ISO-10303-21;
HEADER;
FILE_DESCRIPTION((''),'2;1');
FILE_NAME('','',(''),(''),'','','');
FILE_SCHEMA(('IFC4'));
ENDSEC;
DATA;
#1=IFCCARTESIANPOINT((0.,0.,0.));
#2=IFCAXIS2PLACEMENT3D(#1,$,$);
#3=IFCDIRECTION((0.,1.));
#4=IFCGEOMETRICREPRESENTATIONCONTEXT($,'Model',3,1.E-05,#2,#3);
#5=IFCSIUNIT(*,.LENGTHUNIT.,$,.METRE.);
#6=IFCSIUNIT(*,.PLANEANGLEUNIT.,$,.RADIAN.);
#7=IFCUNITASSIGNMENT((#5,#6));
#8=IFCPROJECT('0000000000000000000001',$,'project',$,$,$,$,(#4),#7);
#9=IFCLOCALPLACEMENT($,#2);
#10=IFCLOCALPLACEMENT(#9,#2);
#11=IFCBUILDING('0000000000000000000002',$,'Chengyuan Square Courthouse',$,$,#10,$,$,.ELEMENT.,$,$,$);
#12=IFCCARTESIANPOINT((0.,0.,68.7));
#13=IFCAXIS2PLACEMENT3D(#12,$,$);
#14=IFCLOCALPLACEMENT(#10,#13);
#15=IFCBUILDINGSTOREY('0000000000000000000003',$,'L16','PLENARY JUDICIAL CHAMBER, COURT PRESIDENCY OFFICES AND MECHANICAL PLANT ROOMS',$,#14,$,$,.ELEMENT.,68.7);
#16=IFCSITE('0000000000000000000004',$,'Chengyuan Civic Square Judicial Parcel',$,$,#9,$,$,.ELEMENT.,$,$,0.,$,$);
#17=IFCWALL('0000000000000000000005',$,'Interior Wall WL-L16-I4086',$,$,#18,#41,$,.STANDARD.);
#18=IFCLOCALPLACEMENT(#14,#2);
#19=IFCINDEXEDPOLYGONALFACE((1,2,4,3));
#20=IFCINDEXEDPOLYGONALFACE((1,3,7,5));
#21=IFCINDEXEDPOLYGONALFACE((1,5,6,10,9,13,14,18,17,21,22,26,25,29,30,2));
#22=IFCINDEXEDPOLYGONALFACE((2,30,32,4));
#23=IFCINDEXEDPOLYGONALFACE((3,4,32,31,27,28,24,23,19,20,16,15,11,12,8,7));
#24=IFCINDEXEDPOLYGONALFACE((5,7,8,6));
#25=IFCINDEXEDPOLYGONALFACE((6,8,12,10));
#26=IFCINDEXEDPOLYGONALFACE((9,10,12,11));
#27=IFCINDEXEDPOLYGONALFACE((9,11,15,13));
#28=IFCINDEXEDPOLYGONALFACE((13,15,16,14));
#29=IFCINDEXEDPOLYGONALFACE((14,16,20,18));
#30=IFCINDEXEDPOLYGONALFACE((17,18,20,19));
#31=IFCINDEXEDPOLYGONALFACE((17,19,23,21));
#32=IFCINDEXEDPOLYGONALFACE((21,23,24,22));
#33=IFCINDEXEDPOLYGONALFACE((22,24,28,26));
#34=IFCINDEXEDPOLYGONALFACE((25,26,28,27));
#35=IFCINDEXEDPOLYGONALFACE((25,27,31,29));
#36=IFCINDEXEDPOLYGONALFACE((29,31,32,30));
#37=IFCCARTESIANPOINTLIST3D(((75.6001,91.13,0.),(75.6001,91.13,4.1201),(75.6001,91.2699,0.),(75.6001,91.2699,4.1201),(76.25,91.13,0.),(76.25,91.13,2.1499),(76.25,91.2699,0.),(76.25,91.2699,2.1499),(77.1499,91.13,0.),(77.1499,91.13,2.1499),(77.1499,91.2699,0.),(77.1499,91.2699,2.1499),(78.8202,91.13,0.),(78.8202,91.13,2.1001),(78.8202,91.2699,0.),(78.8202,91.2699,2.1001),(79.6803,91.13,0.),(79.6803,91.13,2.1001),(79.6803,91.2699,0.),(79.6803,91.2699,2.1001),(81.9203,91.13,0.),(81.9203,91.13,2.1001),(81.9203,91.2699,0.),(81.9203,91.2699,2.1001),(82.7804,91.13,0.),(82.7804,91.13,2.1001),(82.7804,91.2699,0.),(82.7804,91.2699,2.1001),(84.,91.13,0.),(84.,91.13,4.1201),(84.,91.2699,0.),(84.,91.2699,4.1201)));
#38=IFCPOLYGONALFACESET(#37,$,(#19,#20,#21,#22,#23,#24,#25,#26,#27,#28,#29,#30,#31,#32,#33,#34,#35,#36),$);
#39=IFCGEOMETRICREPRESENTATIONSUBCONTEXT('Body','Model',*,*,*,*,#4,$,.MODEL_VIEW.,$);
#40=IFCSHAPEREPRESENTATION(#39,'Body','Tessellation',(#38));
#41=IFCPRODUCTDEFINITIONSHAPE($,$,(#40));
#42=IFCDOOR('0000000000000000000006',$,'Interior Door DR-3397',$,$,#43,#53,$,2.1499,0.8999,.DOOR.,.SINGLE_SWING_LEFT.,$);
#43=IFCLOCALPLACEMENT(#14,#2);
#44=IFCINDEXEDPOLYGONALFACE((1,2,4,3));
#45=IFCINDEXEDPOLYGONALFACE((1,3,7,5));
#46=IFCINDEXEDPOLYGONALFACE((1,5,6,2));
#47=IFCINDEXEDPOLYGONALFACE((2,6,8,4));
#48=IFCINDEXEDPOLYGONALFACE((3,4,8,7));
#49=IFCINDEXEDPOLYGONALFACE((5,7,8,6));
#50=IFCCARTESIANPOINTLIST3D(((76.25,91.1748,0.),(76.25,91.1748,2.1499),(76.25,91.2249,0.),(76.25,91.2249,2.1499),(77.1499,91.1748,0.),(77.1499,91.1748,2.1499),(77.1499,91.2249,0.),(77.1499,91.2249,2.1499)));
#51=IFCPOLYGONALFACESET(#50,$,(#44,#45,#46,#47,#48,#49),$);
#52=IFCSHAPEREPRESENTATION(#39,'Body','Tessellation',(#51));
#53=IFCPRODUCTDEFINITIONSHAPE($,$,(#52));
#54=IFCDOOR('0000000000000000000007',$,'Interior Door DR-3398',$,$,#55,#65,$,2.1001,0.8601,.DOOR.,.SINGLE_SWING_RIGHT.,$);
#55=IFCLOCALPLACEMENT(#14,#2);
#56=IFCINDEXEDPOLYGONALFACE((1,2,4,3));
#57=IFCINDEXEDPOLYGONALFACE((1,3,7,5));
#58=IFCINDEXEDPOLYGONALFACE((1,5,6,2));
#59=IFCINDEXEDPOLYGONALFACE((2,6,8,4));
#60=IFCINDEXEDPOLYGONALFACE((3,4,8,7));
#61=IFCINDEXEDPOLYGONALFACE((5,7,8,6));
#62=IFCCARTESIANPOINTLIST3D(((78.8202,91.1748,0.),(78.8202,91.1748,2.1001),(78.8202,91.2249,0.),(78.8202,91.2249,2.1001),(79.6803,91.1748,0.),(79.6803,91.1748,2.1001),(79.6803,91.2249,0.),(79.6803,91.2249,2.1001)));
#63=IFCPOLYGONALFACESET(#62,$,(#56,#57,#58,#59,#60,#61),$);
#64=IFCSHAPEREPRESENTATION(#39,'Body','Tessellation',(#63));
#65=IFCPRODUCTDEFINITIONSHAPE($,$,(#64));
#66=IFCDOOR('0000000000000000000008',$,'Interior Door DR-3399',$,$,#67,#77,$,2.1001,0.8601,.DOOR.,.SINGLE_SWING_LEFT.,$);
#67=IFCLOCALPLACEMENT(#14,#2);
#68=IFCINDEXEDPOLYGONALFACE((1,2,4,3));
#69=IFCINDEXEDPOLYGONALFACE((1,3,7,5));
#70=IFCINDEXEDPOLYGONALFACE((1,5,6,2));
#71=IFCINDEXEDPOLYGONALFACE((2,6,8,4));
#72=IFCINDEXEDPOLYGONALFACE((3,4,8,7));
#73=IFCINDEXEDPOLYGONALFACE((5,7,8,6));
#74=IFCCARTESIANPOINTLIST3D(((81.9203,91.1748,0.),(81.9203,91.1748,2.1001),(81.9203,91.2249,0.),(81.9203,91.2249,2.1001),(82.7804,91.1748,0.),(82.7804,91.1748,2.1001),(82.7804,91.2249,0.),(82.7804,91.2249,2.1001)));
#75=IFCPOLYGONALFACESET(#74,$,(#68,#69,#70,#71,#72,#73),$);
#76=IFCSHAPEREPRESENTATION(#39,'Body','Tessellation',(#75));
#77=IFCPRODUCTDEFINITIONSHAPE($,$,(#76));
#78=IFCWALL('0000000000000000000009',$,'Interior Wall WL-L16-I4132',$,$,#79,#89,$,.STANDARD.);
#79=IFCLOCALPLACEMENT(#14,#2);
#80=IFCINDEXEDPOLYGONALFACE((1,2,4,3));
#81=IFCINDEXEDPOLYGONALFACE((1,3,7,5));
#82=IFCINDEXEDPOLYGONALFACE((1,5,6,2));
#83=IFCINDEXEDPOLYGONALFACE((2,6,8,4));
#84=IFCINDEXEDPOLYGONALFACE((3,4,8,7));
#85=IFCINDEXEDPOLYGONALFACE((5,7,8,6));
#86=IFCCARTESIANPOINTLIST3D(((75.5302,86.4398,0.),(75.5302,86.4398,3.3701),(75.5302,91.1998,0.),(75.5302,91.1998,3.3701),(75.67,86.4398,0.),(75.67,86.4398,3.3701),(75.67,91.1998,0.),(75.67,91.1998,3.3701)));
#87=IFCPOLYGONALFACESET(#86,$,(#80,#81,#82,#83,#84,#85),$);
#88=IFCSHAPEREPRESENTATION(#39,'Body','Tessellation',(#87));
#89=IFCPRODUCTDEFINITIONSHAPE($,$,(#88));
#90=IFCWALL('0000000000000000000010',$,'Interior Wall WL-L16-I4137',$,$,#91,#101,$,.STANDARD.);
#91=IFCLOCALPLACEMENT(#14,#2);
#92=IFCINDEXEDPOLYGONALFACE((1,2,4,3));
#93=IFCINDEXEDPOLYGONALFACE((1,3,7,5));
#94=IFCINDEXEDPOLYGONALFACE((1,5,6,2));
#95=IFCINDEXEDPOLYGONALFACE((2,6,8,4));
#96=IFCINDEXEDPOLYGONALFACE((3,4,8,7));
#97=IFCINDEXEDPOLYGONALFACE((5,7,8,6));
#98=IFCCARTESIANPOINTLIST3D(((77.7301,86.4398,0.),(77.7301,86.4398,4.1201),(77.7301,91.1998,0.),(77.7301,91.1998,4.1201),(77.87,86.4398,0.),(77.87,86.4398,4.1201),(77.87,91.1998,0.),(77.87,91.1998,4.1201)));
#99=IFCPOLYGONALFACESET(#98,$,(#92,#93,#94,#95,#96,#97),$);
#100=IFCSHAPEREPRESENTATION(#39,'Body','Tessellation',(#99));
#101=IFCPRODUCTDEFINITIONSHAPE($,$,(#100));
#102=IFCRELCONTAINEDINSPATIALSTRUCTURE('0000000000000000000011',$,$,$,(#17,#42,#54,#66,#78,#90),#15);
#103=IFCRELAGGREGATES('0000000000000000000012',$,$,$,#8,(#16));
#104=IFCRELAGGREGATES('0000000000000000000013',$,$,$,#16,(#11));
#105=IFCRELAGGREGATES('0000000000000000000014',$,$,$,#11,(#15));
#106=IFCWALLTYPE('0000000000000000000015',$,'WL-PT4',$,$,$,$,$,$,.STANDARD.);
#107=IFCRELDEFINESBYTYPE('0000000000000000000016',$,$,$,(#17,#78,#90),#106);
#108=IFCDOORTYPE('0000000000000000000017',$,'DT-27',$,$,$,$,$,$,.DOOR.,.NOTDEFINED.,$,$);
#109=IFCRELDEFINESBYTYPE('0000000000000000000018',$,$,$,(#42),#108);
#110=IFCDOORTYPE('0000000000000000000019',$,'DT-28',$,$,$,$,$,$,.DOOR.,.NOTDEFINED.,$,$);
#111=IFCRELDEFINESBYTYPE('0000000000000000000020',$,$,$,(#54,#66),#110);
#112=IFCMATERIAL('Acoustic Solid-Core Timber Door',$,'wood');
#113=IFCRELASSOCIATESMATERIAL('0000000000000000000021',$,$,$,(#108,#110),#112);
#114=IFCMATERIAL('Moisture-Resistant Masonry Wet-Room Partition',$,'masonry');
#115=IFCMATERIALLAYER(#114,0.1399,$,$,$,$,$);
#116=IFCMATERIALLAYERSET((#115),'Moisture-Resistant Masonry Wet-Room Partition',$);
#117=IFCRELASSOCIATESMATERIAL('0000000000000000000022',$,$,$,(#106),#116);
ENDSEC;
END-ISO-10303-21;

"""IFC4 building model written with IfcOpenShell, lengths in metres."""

from ifc_helpers import new_model, si_unit, direction, frame, frame_2d, origin, place, context, subcontext, project, spatial, rectangle, extrude, material, layer, layer_set, type_object, element, fill, save


model = new_model("IFC4")

# Units and contexts
model_context = context("Model", 3, precision=1e-05, world=origin(), true_north=direction((0.0, 1.0)))
body_context = subcontext(model_context, "Body", "Model", "MODEL_VIEW")
ifc_project = project(units=[si_unit("LENGTHUNIT", "METRE"), si_unit("PLANEANGLEUNIT", "RADIAN")], contexts=[model_context])

# Site, building, storey
site_placement = place(None, origin())
site = spatial("IfcSite", under=ifc_project, at=site_placement, Name="Chengyuan Civic Square Judicial Parcel", CompositionType="ELEMENT", RefElevation=0.0)
building_placement = place(site_placement, origin())
building = spatial("IfcBuilding", under=site, at=building_placement, Name="Chengyuan Square Courthouse", CompositionType="ELEMENT")
storey_placement = place(building_placement, frame((0.0, 0.0, 68.7)))
storey = spatial("IfcBuildingStorey", under=building, at=storey_placement, Name="L16", Description="PLENARY JUDICIAL CHAMBER, COURT PRESIDENCY OFFICES AND MECHANICAL PLANT ROOMS", CompositionType="ELEMENT", Elevation=68.7)

# Shared definitions
ifc_material_1 = material(Name="Acoustic Solid-Core Timber Door", Category="wood")
door_type_1 = type_object("IfcDoorType", Name="DT-27", OperationType="NOTDEFINED", PredefinedType="DOOR", material=ifc_material_1)

# Wall, openings, doors
ifc_material_2 = material(Name="Moisture-Resistant Masonry Wet-Room Partition", Category="masonry")
ifc_layer_1 = layer(ifc_material_2, 0.1399)
ifc_layer_set_1 = layer_set([ifc_layer_1], Name="Moisture-Resistant Masonry Wet-Room Partition")
wall_type_1 = type_object("IfcWallType", Name="WL-PT4", PredefinedType="STANDARD", material=ifc_layer_set_1)
wall_1_placement = place(storey_placement, frame((75.6001, 91.2, 0.0), z_axis=(0.0, 0.0, 1.0), x_axis=(1.0, 0.0, 0.0)))
wall_1 = element("IfcWall", 1, at=wall_1_placement, inside=storey, type_object=wall_type_1, Name="Interior Wall WL-L16-I4086", PredefinedType="STANDARD", context=body_context, shape_type="SweptSolid", body=[
    extrude(rectangle(XDim=8.3999, YDim=0.1399, at=frame_2d((4.2, 0.0))), origin(), (0.0, 0.0, 1.0), 4.1201),
])
opening_1_placement = place(wall_1_placement, frame((0.6499, 0.0, 0.0)))
opening_1 = element("IfcOpeningElement", 2, at=opening_1_placement, cuts=wall_1, PredefinedType="OPENING", context=body_context, shape_type="SweptSolid", body=[
    extrude(rectangle(XDim=0.8999, YDim=2.1499, at=frame_2d((0.45, 1.075))), frame((0.0, 0.082, 0.0), z_axis=(0.0, -1.0, 0.0), x_axis=(1.0, 0.0, 0.0)), (0.0, 0.0, 1.0), 0.1638),
])
opening_2_placement = place(wall_1_placement, frame((3.22, 0.0, 0.0)))
opening_2 = element("IfcOpeningElement", 3, at=opening_2_placement, cuts=wall_1, PredefinedType="OPENING", context=body_context, shape_type="SweptSolid", body=[
    extrude(rectangle(XDim=0.8601, YDim=2.1001, at=frame_2d((0.4302, 1.05))), frame((0.0, 0.082, 0.0), z_axis=(0.0, -1.0, 0.0), x_axis=(1.0, 0.0, 0.0)), (0.0, 0.0, 1.0), 0.1638),
])
opening_3_placement = place(wall_1_placement, frame((6.3201, 0.0, 0.0)))
opening_3 = element("IfcOpeningElement", 4, at=opening_3_placement, cuts=wall_1, PredefinedType="OPENING", context=body_context, shape_type="SweptSolid", body=[
    extrude(rectangle(XDim=0.8601, YDim=2.1001, at=frame_2d((0.4302, 1.05))), frame((0.0, 0.082, 0.0), z_axis=(0.0, -1.0, 0.0), x_axis=(1.0, 0.0, 0.0)), (0.0, 0.0, 1.0), 0.1638),
])
door_1_placement = place(opening_1_placement, origin())
door_1 = element("IfcDoor", 5, at=door_1_placement, inside=storey, type_object=door_type_1, Name="Interior Door DR-3397", OperationType="SINGLE_SWING_LEFT", OverallHeight=2.1499, OverallWidth=0.8999, PredefinedType="DOOR", context=body_context, shape_type="SweptSolid", body=[
    extrude(rectangle(XDim=0.8999, YDim=2.1499, at=frame_2d((0.45, 1.075))), frame((0.0, 0.0249, 0.0), z_axis=(0.0, -1.0, 0.0), x_axis=(1.0, 0.0, 0.0)), (0.0, 0.0, 1.0), 0.05),
])
fill(opening_1, door_1)
door_type_2 = type_object("IfcDoorType", Name="DT-28", OperationType="NOTDEFINED", PredefinedType="DOOR", material=ifc_material_1)
door_2_placement = place(opening_2_placement, origin())
door_2 = element("IfcDoor", 6, at=door_2_placement, inside=storey, type_object=door_type_2, Name="Interior Door DR-3398", OperationType="SINGLE_SWING_RIGHT", OverallHeight=2.1001, OverallWidth=0.8601, PredefinedType="DOOR", context=body_context, shape_type="SweptSolid", body=[
    extrude(rectangle(XDim=0.8601, YDim=2.1001, at=frame_2d((0.4302, 1.05))), frame((0.0, 0.0249, 0.0), z_axis=(0.0, -1.0, 0.0), x_axis=(1.0, 0.0, 0.0)), (0.0, 0.0, 1.0), 0.05),
])
fill(opening_2, door_2)
door_3_placement = place(opening_3_placement, origin())
door_3 = element("IfcDoor", 7, at=door_3_placement, inside=storey, type_object=door_type_2, Name="Interior Door DR-3399", OperationType="SINGLE_SWING_LEFT", OverallHeight=2.1001, OverallWidth=0.8601, PredefinedType="DOOR", context=body_context, shape_type="SweptSolid", body=[
    extrude(rectangle(XDim=0.8601, YDim=2.1001, at=frame_2d((0.4302, 1.05))), frame((0.0, 0.0249, 0.0), z_axis=(0.0, -1.0, 0.0), x_axis=(1.0, 0.0, 0.0)), (0.0, 0.0, 1.0), 0.05),
])
fill(opening_3, door_3)

# Walls
wall_2_placement = place(storey_placement, frame((75.6001, 86.4399, 0.0), z_axis=(0.0, 0.0, 1.0), x_axis=(0.0, 1.0, 0.0)))
element("IfcWall", 8, at=wall_2_placement, inside=storey, type_object=wall_type_1, Name="Interior Wall WL-L16-I4132", PredefinedType="STANDARD", context=body_context, shape_type="SweptSolid", body=[
    extrude(rectangle(XDim=4.76, YDim=0.1399, at=frame_2d((2.3799, 0.0))), origin(), (0.0, 0.0, 1.0), 3.3701),
])
wall_3_placement = place(storey_placement, frame((77.8, 86.4399, 0.0), z_axis=(0.0, 0.0, 1.0), x_axis=(0.0, 1.0, 0.0)))
element("IfcWall", 9, at=wall_3_placement, inside=storey, type_object=wall_type_1, Name="Interior Wall WL-L16-I4137", PredefinedType="STANDARD", context=body_context, shape_type="SweptSolid", body=[
    extrude(rectangle(XDim=4.76, YDim=0.1399, at=frame_2d((2.3799, 0.0))), origin(), (0.0, 0.0, 1.0), 4.1201),
])

save(model, "model.ifc")
